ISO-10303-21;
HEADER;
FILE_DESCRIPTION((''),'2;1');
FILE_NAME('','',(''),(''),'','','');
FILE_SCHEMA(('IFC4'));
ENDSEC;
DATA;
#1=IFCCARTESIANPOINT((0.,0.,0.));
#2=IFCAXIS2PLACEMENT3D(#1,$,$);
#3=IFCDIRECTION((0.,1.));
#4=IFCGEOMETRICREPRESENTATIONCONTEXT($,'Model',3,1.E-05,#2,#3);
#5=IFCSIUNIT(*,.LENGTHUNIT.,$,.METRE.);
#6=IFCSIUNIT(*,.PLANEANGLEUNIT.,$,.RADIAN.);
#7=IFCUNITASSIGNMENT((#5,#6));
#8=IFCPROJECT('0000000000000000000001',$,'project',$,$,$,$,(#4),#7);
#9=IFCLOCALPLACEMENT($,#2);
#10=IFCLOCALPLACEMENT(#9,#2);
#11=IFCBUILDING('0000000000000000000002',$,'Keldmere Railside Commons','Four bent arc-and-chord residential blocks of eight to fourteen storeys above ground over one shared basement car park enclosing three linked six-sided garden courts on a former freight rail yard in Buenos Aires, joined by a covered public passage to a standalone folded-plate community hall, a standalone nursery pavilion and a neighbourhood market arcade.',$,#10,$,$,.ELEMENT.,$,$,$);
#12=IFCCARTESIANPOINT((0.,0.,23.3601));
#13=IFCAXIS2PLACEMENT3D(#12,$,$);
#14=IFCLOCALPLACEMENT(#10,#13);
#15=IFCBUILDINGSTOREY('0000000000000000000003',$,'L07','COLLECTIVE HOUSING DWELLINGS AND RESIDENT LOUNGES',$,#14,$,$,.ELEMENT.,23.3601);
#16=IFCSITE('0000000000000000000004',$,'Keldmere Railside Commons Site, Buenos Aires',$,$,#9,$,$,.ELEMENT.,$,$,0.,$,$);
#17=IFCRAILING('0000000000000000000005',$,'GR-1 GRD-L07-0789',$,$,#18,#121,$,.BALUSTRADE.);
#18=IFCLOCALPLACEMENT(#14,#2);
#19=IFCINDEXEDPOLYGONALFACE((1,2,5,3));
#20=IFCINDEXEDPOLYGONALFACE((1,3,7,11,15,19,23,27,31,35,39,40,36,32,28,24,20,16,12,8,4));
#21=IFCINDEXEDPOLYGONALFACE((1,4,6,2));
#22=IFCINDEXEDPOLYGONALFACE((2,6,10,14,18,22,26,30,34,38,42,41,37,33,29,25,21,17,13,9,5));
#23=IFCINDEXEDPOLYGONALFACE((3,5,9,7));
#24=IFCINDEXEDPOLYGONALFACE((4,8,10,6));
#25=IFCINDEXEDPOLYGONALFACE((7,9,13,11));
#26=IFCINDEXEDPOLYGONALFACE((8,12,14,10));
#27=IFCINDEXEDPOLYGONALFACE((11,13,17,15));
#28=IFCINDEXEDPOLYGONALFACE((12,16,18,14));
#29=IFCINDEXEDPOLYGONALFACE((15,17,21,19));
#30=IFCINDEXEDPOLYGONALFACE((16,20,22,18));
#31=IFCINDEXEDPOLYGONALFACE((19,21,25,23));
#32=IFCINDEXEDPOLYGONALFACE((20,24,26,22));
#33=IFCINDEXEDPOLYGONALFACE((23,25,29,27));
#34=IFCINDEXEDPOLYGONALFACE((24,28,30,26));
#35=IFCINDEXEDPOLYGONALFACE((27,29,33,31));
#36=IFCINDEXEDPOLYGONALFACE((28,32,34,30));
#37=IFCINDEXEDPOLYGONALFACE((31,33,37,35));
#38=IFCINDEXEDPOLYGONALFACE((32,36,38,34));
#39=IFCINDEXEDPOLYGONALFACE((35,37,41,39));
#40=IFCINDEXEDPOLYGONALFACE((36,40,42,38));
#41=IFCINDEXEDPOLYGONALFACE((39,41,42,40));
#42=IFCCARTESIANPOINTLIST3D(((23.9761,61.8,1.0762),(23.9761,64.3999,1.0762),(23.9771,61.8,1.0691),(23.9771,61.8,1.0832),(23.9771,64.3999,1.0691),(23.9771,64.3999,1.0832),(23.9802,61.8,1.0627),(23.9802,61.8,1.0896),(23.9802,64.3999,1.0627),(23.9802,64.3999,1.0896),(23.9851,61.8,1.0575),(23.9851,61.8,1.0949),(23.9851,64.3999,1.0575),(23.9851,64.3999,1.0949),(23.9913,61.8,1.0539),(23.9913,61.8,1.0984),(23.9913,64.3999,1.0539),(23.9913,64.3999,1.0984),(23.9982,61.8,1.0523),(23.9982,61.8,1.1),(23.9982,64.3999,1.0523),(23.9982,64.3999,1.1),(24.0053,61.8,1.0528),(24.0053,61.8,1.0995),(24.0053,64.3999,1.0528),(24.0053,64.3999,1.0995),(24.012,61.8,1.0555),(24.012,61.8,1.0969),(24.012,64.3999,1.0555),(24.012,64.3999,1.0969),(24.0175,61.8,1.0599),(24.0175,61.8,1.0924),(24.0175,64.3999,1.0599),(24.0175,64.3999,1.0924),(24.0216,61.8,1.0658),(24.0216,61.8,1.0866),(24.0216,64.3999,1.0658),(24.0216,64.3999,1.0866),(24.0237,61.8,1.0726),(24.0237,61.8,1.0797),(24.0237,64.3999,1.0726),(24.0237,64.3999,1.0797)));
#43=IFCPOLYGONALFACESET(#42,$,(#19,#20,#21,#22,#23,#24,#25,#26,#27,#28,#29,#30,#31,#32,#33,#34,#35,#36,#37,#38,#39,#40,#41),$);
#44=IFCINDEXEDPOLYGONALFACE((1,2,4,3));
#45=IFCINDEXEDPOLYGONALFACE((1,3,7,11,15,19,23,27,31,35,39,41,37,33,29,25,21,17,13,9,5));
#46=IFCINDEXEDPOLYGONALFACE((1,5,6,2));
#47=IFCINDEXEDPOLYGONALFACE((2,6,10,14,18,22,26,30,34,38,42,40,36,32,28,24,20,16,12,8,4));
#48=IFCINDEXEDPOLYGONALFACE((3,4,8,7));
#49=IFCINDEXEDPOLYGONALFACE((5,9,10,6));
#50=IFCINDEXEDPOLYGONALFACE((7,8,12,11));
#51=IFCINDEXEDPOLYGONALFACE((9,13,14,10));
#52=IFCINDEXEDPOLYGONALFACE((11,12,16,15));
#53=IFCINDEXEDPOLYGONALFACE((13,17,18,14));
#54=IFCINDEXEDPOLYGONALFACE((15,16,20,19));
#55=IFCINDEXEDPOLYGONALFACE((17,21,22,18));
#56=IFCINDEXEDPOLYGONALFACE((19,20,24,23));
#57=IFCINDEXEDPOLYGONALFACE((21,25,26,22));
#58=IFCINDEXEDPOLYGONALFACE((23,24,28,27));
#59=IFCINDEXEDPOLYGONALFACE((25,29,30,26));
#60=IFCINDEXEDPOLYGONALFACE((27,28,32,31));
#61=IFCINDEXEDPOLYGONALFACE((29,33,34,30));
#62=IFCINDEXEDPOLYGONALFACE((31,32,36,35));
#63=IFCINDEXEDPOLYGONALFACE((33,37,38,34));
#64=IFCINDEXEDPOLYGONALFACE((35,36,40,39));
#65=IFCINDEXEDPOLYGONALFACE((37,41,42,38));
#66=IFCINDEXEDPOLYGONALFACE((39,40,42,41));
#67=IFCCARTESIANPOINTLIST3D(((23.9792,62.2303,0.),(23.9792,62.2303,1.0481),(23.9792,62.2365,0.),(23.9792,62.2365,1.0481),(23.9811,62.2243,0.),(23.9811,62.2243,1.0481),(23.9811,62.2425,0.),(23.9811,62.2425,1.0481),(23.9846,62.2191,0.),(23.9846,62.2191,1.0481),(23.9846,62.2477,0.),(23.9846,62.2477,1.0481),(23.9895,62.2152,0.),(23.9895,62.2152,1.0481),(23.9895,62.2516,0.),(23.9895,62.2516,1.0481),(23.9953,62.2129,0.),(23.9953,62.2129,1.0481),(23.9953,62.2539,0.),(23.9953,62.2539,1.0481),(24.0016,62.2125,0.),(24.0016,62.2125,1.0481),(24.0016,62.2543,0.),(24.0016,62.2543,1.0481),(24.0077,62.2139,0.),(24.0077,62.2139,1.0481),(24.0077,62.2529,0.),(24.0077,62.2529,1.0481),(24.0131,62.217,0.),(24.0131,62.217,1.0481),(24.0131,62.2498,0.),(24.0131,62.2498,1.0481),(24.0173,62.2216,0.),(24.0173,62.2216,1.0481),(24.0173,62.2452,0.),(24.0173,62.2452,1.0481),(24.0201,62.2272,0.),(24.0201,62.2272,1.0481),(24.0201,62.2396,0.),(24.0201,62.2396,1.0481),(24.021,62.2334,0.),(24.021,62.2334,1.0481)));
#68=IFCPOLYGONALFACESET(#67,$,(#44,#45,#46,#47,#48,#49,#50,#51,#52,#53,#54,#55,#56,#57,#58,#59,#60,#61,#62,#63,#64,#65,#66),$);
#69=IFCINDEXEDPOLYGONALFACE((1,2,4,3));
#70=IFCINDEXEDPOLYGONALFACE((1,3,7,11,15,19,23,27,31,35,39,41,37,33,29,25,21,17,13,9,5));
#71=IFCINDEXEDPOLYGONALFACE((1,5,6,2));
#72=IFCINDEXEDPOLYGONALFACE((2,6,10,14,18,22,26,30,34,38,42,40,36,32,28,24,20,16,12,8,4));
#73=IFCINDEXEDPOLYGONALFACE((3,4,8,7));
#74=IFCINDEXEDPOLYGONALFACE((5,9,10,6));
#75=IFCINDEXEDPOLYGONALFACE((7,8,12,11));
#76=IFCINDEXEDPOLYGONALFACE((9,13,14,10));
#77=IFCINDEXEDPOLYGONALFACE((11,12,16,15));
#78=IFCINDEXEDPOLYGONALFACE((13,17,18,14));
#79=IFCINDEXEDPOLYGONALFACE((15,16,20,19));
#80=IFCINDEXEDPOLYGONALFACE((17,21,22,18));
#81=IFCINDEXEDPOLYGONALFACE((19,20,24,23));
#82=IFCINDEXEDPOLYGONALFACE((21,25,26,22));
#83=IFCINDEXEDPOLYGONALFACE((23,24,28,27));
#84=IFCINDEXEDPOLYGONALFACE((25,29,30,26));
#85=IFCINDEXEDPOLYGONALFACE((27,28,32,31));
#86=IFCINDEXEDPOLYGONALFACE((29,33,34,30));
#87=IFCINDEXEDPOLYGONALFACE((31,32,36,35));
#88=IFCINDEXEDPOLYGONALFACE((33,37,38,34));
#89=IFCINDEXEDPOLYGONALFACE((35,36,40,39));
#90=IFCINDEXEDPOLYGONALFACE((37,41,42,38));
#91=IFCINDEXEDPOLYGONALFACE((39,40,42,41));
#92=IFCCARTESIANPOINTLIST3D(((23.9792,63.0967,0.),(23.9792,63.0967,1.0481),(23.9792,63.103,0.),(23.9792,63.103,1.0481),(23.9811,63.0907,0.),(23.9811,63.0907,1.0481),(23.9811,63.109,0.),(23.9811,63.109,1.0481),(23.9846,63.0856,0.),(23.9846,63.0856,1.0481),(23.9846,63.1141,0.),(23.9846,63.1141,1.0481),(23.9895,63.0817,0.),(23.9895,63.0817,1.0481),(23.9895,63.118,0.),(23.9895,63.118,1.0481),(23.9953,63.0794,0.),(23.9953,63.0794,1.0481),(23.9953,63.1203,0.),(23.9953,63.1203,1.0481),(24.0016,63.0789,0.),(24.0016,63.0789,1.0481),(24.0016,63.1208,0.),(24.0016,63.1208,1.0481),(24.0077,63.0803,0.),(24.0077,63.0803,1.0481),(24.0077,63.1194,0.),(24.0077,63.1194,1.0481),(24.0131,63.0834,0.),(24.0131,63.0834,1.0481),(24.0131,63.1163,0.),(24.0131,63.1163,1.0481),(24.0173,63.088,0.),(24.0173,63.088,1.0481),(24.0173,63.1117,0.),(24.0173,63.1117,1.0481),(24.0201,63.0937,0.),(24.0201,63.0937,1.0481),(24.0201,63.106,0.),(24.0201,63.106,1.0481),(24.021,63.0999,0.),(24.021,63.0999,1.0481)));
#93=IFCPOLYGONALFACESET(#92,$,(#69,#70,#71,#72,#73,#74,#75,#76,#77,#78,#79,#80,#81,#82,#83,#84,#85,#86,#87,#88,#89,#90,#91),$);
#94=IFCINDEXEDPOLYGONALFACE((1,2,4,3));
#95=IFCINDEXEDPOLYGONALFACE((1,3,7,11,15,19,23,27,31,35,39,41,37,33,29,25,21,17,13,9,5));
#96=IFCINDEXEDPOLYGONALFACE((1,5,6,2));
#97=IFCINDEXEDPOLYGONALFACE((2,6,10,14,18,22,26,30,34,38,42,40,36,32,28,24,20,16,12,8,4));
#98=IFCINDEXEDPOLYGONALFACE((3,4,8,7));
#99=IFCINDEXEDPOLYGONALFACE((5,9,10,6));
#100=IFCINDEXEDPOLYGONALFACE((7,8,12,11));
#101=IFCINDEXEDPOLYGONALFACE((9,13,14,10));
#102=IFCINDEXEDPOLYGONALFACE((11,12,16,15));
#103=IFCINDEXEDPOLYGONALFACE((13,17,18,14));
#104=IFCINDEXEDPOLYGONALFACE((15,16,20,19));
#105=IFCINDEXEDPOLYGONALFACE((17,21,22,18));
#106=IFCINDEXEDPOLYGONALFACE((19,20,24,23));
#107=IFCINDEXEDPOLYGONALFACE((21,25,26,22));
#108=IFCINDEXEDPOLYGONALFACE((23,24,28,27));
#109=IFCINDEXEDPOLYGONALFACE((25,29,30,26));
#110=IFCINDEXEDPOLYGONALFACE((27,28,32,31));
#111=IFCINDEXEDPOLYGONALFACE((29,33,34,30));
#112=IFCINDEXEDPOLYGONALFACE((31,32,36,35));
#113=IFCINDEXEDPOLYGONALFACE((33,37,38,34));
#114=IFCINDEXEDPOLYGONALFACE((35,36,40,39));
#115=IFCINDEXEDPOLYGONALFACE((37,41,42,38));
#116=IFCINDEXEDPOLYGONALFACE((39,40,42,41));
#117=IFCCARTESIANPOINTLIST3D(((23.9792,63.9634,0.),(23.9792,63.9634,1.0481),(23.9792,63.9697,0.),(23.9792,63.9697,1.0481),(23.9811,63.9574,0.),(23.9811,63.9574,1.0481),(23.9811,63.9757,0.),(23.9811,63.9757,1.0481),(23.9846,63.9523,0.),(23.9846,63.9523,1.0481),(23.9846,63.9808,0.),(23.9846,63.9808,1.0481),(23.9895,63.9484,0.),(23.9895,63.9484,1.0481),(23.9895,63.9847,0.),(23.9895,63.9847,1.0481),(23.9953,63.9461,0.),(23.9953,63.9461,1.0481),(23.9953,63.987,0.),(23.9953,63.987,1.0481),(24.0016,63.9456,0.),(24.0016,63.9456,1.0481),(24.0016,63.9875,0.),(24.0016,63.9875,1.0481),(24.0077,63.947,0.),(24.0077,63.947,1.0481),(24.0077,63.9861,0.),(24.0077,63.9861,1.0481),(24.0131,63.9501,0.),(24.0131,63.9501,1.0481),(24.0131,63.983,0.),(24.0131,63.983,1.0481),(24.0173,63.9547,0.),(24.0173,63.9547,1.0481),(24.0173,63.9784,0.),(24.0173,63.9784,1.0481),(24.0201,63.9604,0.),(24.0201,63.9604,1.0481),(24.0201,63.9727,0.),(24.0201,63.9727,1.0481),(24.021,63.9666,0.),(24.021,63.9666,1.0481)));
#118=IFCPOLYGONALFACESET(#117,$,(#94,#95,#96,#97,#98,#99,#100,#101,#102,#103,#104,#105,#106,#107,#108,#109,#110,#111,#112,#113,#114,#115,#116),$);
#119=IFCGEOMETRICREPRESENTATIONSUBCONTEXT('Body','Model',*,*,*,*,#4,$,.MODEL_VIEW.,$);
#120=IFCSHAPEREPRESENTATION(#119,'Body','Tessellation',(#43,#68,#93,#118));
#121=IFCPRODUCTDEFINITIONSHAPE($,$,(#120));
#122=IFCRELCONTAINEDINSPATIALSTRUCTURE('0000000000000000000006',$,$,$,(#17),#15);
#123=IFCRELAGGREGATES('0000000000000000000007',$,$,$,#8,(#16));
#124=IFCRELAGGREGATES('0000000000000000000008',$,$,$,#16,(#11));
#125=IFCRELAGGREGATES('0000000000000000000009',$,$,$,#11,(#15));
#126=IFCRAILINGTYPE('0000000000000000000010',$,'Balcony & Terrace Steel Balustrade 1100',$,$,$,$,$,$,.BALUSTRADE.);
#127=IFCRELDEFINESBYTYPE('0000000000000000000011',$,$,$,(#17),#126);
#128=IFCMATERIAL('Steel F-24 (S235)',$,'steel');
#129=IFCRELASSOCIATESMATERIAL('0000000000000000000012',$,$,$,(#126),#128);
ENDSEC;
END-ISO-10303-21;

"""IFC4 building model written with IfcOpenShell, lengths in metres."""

from ifc_helpers import new_model, si_unit, direction, frame, origin, origin_2d, place, context, subcontext, project, spatial, circle, extrude, material, type_object, element, save


model = new_model("IFC4")

# Units and contexts
model_context = context("Model", 3, precision=1e-05, world=origin(), true_north=direction((0.0, 1.0)))
body_context = subcontext(model_context, "Body", "Model", "MODEL_VIEW")
ifc_project = project(units=[si_unit("LENGTHUNIT", "METRE"), si_unit("PLANEANGLEUNIT", "RADIAN")], contexts=[model_context])

# Site, building, storey
site_placement = place(None, origin())
site = spatial("IfcSite", under=ifc_project, at=site_placement, Name="Keldmere Railside Commons Site, Buenos Aires", CompositionType="ELEMENT", RefElevation=0.0)
building_placement = place(site_placement, origin())
building = spatial("IfcBuilding", under=site, at=building_placement, Name="Keldmere Railside Commons", Description="Four bent arc-and-chord residential blocks of eight to fourteen storeys above ground over one shared basement car park enclosing three linked six-sided garden courts on a former freight rail yard in Buenos Aires, joined by a covered public passage to a standalone folded-plate community hall, a standalone nursery pavilion and a neighbourhood market arcade.", CompositionType="ELEMENT")
storey_placement = place(building_placement, frame((0.0, 0.0, 23.3601)))
storey = spatial("IfcBuildingStorey", under=building, at=storey_placement, Name="L07", Description="COLLECTIVE HOUSING DWELLINGS AND RESIDENT LOUNGES", CompositionType="ELEMENT", Elevation=23.3601)

# Railing
ifc_material_1 = material(Name="Steel F-24 (S235)", Category="steel")
railing_type = type_object("IfcRailingType", Name="Balcony & Terrace Steel Balustrade 1100", PredefinedType="BALUSTRADE", material=ifc_material_1)
railing_1_placement = place(storey_placement, frame((24.0, 61.8, 0.0)))
element("IfcRailing", 1, at=railing_1_placement, inside=storey, type_object=railing_type, Name="GR-1 GRD-L07-0789", PredefinedType="BALUSTRADE", context=body_context, shape_type="SweptSolid", body=[
    extrude(circle(Radius=0.0239, at=origin_2d()), frame((0.0, 0.0, 1.0762), z_axis=(0.0, 1.0, 0.0), x_axis=(-1.0, 0.0, 0.0)), (0.0, 0.0, 1.0), 2.5999),
    extrude(circle(Radius=0.021, at=origin_2d()), frame((0.0, 0.4333, 0.0)), (0.0, 0.0, 1.0), 1.0481),
    extrude(circle(Radius=0.021, at=origin_2d()), frame((0.0, 1.2998, 0.0)), (0.0, 0.0, 1.0), 1.0481),
    extrude(circle(Radius=0.021, at=origin_2d()), frame((0.0, 2.1665, 0.0)), (0.0, 0.0, 1.0), 1.0481),
])

save(model, "model.ifc")
